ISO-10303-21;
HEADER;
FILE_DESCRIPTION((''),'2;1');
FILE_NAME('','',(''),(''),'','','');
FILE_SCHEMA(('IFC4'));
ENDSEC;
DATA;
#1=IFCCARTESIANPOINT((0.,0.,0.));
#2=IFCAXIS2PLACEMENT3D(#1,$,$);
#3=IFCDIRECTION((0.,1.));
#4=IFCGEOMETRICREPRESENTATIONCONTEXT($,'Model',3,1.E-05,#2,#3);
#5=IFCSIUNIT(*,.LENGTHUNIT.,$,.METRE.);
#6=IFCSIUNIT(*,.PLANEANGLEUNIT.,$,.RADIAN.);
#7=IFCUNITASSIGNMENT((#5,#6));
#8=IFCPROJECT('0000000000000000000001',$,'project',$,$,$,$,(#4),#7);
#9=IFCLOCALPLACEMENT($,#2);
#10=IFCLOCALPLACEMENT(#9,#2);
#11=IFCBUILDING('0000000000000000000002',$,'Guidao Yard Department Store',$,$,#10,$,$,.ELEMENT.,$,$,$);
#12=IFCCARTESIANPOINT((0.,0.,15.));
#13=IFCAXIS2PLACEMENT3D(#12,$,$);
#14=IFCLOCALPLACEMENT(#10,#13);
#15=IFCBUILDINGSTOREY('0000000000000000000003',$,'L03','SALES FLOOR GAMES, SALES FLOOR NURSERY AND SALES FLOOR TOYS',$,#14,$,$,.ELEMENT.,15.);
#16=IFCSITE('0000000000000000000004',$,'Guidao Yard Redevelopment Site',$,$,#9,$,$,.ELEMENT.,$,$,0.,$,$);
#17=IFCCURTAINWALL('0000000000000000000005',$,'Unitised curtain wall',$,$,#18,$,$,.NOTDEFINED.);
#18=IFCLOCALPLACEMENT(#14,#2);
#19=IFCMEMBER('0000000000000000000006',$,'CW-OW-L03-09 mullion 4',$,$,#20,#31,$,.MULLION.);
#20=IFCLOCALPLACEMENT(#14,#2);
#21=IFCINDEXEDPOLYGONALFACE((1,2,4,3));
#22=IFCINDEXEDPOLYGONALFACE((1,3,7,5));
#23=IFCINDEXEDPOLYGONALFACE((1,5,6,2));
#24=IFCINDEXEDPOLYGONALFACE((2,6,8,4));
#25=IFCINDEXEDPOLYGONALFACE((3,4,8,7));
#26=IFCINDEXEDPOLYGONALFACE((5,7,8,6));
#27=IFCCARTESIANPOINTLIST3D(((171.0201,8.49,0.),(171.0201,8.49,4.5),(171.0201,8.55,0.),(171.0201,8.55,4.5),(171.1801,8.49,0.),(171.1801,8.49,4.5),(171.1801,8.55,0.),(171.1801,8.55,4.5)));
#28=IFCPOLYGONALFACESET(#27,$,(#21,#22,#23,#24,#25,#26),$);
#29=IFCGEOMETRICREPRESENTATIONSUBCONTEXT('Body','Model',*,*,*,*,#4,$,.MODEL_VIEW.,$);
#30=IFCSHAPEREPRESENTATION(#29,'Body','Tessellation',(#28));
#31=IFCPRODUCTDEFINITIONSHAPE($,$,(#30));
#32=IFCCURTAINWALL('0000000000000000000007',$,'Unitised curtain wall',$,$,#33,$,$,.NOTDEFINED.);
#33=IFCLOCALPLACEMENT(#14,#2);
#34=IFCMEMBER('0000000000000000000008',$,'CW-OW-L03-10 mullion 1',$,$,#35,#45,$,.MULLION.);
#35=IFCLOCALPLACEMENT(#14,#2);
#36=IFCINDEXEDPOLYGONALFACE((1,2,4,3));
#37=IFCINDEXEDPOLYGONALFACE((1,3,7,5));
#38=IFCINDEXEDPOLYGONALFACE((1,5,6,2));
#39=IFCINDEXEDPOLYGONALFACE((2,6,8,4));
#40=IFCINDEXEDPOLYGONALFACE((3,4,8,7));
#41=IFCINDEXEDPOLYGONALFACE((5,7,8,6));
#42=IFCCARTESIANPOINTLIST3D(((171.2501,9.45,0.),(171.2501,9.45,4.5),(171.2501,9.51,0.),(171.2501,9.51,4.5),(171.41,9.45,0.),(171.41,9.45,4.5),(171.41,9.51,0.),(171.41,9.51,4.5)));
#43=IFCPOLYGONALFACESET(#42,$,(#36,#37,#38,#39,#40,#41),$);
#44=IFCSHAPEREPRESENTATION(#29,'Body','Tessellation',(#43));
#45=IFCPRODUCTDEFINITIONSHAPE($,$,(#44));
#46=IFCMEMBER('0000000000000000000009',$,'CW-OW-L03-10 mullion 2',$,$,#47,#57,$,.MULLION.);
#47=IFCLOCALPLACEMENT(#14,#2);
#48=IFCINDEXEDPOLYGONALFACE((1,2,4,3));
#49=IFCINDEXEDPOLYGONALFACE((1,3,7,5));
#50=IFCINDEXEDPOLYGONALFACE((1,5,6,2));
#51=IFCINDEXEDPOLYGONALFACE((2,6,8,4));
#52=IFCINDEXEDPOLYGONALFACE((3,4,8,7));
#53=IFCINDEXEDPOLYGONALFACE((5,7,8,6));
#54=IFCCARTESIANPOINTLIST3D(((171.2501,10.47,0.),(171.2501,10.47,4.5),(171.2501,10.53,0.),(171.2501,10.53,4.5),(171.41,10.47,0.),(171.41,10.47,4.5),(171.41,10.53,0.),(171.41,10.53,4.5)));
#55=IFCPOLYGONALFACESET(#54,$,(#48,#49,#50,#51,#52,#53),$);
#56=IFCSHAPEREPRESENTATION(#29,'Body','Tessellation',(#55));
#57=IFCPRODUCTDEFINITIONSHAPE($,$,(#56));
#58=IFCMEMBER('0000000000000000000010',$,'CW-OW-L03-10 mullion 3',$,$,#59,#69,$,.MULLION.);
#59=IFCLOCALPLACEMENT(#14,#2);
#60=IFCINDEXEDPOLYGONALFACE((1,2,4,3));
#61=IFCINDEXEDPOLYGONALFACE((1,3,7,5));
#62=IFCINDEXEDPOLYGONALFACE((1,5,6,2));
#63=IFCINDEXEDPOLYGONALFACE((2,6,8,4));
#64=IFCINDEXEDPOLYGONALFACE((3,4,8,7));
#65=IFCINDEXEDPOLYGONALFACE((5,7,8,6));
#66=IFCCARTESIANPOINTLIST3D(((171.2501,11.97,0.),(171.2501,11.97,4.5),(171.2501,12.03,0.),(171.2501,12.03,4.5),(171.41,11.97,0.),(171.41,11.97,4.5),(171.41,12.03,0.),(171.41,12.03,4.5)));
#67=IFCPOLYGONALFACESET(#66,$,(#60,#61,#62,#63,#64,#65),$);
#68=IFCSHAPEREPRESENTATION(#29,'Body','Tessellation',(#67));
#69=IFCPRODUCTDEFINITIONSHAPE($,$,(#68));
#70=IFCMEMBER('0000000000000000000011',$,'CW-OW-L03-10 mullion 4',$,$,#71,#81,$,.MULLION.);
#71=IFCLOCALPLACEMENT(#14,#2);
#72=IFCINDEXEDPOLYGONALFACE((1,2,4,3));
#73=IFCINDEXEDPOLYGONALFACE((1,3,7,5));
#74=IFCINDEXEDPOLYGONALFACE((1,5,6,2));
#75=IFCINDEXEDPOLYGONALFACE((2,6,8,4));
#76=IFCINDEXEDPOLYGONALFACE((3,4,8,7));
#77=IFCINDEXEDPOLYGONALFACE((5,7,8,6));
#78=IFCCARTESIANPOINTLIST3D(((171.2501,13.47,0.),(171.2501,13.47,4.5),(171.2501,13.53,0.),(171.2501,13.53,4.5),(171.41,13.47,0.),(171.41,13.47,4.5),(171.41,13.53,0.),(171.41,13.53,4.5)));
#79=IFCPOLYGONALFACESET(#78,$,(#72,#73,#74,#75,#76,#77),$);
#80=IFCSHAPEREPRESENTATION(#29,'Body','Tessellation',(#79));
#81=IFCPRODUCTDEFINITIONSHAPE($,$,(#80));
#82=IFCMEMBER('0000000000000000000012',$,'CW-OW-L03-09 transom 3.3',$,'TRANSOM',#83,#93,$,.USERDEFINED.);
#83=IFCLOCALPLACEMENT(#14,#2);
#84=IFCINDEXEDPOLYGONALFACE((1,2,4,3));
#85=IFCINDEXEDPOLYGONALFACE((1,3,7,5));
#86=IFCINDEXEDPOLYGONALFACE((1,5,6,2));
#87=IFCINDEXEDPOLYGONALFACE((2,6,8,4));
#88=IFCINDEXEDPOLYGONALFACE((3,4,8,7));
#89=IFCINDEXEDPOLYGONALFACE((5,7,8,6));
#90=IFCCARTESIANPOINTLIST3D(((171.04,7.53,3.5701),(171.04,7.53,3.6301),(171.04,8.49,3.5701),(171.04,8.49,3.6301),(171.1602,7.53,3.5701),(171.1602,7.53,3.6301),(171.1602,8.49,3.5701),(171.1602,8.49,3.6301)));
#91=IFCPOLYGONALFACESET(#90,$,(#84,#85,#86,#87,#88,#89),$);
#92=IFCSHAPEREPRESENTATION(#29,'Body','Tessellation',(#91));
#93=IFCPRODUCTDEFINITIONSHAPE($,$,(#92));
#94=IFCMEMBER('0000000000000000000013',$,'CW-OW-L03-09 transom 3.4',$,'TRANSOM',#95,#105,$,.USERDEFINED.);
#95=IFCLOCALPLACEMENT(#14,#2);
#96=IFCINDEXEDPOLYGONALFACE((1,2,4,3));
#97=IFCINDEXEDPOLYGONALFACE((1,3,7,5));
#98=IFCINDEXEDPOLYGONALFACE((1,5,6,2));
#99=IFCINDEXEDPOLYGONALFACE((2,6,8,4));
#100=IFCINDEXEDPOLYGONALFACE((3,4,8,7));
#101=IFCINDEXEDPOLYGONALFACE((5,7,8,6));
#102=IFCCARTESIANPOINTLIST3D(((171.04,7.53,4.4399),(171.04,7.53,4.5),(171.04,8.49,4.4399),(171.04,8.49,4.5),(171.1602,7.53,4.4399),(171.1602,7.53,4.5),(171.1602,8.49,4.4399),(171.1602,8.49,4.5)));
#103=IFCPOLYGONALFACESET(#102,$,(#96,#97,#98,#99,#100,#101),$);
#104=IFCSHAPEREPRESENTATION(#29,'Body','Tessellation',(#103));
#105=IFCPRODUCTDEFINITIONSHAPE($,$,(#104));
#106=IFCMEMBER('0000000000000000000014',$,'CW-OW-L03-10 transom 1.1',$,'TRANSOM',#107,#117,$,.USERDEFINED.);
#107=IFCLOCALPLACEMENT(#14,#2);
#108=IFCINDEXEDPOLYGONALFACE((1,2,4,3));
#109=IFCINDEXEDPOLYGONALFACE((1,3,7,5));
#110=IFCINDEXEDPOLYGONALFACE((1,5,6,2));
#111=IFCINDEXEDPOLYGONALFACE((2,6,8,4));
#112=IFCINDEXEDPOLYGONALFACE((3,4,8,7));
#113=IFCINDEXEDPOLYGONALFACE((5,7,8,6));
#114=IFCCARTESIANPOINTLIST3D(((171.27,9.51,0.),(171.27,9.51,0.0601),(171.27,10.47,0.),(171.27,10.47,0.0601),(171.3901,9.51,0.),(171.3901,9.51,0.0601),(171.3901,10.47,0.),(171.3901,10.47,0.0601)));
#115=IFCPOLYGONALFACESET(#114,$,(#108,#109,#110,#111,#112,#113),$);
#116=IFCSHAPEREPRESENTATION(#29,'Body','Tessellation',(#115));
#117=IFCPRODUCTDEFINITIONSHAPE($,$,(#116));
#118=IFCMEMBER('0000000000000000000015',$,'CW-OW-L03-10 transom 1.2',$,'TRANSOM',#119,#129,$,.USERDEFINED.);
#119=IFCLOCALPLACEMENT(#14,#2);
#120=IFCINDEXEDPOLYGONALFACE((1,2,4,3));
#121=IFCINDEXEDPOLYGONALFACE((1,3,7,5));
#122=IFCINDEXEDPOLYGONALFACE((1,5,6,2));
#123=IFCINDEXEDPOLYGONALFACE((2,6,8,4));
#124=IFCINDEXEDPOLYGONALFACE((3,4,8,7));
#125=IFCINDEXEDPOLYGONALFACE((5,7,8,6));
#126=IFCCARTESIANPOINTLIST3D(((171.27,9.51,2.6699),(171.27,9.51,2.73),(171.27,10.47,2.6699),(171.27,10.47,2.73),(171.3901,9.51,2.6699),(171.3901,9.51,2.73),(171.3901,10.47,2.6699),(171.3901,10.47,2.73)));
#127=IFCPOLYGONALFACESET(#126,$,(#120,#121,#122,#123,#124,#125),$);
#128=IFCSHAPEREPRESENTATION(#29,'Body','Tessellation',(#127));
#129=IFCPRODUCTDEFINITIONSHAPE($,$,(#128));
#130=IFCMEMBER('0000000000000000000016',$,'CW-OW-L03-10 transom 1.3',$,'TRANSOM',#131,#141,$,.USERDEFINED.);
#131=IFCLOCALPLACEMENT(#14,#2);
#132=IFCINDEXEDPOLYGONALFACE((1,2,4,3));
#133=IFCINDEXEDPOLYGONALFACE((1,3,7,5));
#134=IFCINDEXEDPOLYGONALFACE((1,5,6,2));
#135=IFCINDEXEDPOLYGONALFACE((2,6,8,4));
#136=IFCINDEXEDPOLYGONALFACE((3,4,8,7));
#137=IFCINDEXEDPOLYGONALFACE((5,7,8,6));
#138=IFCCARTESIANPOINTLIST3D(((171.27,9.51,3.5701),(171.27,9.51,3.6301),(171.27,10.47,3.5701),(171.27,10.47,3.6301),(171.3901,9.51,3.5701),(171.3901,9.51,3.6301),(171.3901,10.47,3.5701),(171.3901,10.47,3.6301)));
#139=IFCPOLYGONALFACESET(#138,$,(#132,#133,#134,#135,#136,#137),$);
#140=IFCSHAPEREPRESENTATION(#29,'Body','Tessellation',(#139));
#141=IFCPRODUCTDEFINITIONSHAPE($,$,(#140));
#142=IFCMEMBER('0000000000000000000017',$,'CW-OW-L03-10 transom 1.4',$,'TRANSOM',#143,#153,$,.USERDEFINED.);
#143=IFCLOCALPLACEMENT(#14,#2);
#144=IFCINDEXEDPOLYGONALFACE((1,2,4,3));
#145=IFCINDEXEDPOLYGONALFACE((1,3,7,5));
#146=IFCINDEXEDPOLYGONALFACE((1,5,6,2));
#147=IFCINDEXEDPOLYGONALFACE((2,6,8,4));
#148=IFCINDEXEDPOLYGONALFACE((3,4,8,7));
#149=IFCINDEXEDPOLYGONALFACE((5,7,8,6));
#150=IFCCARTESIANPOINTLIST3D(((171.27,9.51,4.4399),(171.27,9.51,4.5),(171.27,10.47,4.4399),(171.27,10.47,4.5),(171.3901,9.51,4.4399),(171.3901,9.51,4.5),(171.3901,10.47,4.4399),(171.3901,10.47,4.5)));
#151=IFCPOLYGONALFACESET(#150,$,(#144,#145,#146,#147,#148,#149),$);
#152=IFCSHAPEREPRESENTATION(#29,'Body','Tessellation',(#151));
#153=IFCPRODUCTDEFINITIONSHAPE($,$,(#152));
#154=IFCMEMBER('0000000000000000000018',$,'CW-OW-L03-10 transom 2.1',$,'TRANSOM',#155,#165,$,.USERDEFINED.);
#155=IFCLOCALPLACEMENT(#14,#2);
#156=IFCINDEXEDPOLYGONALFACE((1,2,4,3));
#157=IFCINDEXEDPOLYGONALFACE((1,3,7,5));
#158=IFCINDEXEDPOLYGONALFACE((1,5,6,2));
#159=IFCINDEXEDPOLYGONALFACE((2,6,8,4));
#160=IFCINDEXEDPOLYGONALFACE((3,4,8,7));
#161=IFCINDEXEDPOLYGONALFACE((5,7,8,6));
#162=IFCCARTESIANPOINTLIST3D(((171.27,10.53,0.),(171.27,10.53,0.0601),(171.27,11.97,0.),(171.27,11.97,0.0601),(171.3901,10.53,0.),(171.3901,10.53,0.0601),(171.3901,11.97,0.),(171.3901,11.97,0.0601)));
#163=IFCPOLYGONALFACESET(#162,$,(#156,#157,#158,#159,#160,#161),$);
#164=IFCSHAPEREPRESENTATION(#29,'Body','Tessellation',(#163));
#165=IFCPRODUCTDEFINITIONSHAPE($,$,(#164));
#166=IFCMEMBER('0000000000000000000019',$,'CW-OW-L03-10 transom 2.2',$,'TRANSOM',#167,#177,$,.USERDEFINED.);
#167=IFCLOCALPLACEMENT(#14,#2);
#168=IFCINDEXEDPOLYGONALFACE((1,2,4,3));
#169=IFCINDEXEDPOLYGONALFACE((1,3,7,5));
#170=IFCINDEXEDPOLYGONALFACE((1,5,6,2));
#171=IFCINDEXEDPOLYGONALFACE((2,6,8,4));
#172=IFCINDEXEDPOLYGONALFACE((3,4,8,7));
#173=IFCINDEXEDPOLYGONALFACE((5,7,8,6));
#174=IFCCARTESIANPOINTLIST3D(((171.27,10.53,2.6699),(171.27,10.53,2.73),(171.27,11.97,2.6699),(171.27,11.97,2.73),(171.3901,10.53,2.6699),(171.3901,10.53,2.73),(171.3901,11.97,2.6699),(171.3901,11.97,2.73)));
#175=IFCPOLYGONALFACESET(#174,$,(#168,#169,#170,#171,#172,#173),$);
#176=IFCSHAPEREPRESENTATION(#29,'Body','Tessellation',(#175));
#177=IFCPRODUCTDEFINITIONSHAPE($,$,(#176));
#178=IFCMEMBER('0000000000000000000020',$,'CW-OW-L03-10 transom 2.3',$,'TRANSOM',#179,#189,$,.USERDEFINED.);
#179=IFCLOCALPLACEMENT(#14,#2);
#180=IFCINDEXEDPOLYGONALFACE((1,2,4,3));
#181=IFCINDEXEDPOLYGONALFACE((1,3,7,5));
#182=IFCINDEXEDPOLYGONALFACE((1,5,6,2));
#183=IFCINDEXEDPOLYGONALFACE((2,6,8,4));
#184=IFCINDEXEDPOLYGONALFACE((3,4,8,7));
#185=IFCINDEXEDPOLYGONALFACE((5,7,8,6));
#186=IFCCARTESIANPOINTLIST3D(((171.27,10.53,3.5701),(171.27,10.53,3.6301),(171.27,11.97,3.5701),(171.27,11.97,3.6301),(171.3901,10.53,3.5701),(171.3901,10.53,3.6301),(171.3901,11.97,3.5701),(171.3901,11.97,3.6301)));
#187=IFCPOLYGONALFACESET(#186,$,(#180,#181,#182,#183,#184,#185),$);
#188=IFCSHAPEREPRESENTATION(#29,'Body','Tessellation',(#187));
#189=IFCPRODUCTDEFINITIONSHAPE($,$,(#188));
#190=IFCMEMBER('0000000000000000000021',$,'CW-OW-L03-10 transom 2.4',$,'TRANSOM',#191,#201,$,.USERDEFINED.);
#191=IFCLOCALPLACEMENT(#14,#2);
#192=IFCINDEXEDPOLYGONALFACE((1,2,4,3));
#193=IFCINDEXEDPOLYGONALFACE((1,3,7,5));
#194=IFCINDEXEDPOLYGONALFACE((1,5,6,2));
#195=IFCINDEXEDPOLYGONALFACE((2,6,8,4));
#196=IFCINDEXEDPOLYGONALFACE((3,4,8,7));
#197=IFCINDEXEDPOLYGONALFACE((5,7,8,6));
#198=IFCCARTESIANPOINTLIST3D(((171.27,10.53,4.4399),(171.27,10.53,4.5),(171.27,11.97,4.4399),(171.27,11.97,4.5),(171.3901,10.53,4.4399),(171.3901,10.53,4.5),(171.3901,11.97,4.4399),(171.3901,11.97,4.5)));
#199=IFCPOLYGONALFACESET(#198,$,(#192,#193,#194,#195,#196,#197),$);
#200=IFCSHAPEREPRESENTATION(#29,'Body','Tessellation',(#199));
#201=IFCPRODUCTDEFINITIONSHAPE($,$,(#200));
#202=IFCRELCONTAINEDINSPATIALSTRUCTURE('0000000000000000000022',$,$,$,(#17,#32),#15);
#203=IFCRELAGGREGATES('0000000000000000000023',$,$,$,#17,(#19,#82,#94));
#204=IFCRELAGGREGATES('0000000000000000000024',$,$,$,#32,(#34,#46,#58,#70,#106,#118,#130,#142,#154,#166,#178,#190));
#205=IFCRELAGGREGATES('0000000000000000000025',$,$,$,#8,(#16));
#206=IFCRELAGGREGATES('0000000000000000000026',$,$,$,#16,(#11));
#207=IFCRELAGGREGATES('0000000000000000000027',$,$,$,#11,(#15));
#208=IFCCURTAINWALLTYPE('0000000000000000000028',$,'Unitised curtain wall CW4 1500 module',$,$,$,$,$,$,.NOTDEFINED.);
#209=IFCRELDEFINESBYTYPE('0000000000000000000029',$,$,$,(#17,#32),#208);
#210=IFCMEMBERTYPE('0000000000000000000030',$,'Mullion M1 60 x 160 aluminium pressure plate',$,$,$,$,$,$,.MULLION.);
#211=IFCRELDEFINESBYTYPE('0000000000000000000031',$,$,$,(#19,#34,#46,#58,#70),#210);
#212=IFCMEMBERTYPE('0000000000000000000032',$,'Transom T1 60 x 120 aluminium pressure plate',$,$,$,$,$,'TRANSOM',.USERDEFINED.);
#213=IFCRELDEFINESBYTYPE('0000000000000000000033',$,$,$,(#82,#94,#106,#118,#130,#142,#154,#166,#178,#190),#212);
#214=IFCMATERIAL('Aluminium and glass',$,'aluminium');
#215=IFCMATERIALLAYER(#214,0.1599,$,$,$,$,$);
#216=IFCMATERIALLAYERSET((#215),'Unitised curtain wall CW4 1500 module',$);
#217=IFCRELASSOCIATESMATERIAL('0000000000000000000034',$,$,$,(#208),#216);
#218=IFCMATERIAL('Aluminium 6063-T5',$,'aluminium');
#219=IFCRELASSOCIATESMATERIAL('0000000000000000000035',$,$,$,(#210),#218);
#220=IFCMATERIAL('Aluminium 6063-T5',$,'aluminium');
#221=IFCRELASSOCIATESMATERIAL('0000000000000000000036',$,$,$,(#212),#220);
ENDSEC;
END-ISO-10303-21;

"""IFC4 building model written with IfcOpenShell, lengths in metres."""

from ifc_helpers import new_model, si_unit, direction, frame, origin, origin_2d, place, context, subcontext, project, spatial, rectangle, extrude, material, layer, layer_set, material_profile, profile_set, type_object, element, aggregate, save


model = new_model("IFC4")

# Units and contexts
model_context = context("Model", 3, precision=1e-05, world=origin(), true_north=direction((0.0, 1.0)))
body_context = subcontext(model_context, "Body", "Model", "MODEL_VIEW")
ifc_project = project(units=[si_unit("LENGTHUNIT", "METRE"), si_unit("PLANEANGLEUNIT", "RADIAN")], contexts=[model_context])

# Site, building, storey
site_placement = place(None, origin())
site = spatial("IfcSite", under=ifc_project, at=site_placement, Name="Guidao Yard Redevelopment Site", CompositionType="ELEMENT", RefElevation=0.0)
building_placement = place(site_placement, origin())
building = spatial("IfcBuilding", under=site, at=building_placement, Name="Guidao Yard Department Store", CompositionType="ELEMENT")
storey_placement = place(building_placement, frame((0.0, 0.0, 15.0)))
storey = spatial("IfcBuildingStorey", under=building, at=storey_placement, Name="L03", Description="SALES FLOOR GAMES, SALES FLOOR NURSERY AND SALES FLOOR TOYS", CompositionType="ELEMENT", Elevation=15.0)

# Curtain wall, member
ifc_material_1 = material(Name="Aluminium and glass", Category="aluminium")
ifc_layer_1 = layer(ifc_material_1, 0.1599)
ifc_layer_set_1 = layer_set([ifc_layer_1], Name="Unitised curtain wall CW4 1500 module")
curtain_wall_type = type_object("IfcCurtainWallType", Name="Unitised curtain wall CW4 1500 module", PredefinedType="NOTDEFINED", material=ifc_layer_set_1)
curtain_wall_1_placement = place(storey_placement, origin())
curtain_wall_1 = element("IfcCurtainWall", 1, at=curtain_wall_1_placement, inside=storey, type_object=curtain_wall_type, Name="Unitised curtain wall", PredefinedType="NOTDEFINED")
ifc_material_2 = material(Name="Aluminium 6063-T5", Category="aluminium")
ifc_material_profile_1 = material_profile(ifc_material_2, rectangle(XDim=0.0601, YDim=0.1599, at=origin_2d()), Name="Mullion M1 60 x 160 aluminium pressure plate")
ifc_profile_set_1 = profile_set([ifc_material_profile_1], Name="Aluminium 6063-T5")
member_type_1 = type_object("IfcMemberType", Name="Mullion M1 60 x 160 aluminium pressure plate", PredefinedType="MULLION", material=ifc_profile_set_1)
member_1_placement = place(storey_placement, frame((171.1001, 8.52, 0.0), z_axis=(0.0, 0.0, 1.0), x_axis=(0.0, -1.0, 0.0)))
member_1 = element("IfcMember", 2, at=member_1_placement, type_object=member_type_1, Name="CW-OW-L03-09 mullion 4", PredefinedType="MULLION", context=body_context, shape_type="SweptSolid", body=[
    extrude(rectangle(XDim=0.0601, YDim=0.1599, at=origin_2d()), origin(), (0.0, 0.0, 1.0), 4.5),
])

# Curtain wall, members
curtain_wall_2_placement = place(storey_placement, origin())
curtain_wall_2 = element("IfcCurtainWall", 3, at=curtain_wall_2_placement, inside=storey, type_object=curtain_wall_type, Name="Unitised curtain wall", PredefinedType="NOTDEFINED")
member_2_placement = place(storey_placement, frame((171.3301, 9.48, 0.0), z_axis=(0.0, 0.0, 1.0), x_axis=(0.0, -1.0, 0.0)))
member_2 = element("IfcMember", 4, at=member_2_placement, type_object=member_type_1, Name="CW-OW-L03-10 mullion 1", PredefinedType="MULLION", context=body_context, shape_type="SweptSolid", body=[
    extrude(rectangle(XDim=0.0601, YDim=0.1599, at=origin_2d()), origin(), (0.0, 0.0, 1.0), 4.5),
])
member_3_placement = place(storey_placement, frame((171.3301, 10.5, 0.0), z_axis=(0.0, 0.0, 1.0), x_axis=(0.0, -1.0, 0.0)))
member_3 = element("IfcMember", 5, at=member_3_placement, type_object=member_type_1, Name="CW-OW-L03-10 mullion 2", PredefinedType="MULLION", context=body_context, shape_type="SweptSolid", body=[
    extrude(rectangle(XDim=0.0601, YDim=0.1599, at=origin_2d()), origin(), (0.0, 0.0, 1.0), 4.5),
])
member_4_placement = place(storey_placement, frame((171.3301, 12.0, 0.0), z_axis=(0.0, 0.0, 1.0), x_axis=(0.0, -1.0, 0.0)))
member_4 = element("IfcMember", 6, at=member_4_placement, type_object=member_type_1, Name="CW-OW-L03-10 mullion 3", PredefinedType="MULLION", context=body_context, shape_type="SweptSolid", body=[
    extrude(rectangle(XDim=0.0601, YDim=0.1599, at=origin_2d()), origin(), (0.0, 0.0, 1.0), 4.5),
])
member_5_placement = place(storey_placement, frame((171.3301, 13.5, 0.0), z_axis=(0.0, 0.0, 1.0), x_axis=(0.0, -1.0, 0.0)))
member_5 = element("IfcMember", 7, at=member_5_placement, type_object=member_type_1, Name="CW-OW-L03-10 mullion 4", PredefinedType="MULLION", context=body_context, shape_type="SweptSolid", body=[
    extrude(rectangle(XDim=0.0601, YDim=0.1599, at=origin_2d()), origin(), (0.0, 0.0, 1.0), 4.5),
])

# Members
ifc_material_3 = material(Name="Aluminium 6063-T5", Category="aluminium")
ifc_material_profile_2 = material_profile(ifc_material_3, rectangle(XDim=0.1201, YDim=0.0601, at=origin_2d()), Name="Transom T1 60 x 120 aluminium pressure plate")
ifc_profile_set_2 = profile_set([ifc_material_profile_2], Name="Aluminium 6063-T5")
member_type_2 = type_object("IfcMemberType", Name="Transom T1 60 x 120 aluminium pressure plate", ElementType="TRANSOM", PredefinedType="USERDEFINED", material=ifc_profile_set_2)
member_6_placement = place(storey_placement, frame((171.1001, 8.49, 3.6001), z_axis=(0.0, -1.0, 0.0), x_axis=(1.0, 0.0, 0.0)))
member_6 = element("IfcMember", 8, at=member_6_placement, type_object=member_type_2, Name="CW-OW-L03-09 transom 3.3", ObjectType="TRANSOM", PredefinedType="USERDEFINED", context=body_context, shape_type="SweptSolid", body=[
    extrude(rectangle(XDim=0.1201, YDim=0.0601, at=origin_2d()), origin(), (0.0, 0.0, 1.0), 0.96),
])
member_7_placement = place(storey_placement, frame((171.1001, 8.49, 4.47), z_axis=(0.0, -1.0, 0.0), x_axis=(1.0, 0.0, 0.0)))
member_7 = element("IfcMember", 9, at=member_7_placement, type_object=member_type_2, Name="CW-OW-L03-09 transom 3.4", ObjectType="TRANSOM", PredefinedType="USERDEFINED", context=body_context, shape_type="SweptSolid", body=[
    extrude(rectangle(XDim=0.1201, YDim=0.0601, at=origin_2d()), origin(), (0.0, 0.0, 1.0), 0.96),
])
aggregate(curtain_wall_1, [member_1, member_6, member_7])
member_8_placement = place(storey_placement, frame((171.3301, 10.47, 0.03), z_axis=(0.0, -1.0, 0.0), x_axis=(1.0, 0.0, 0.0)))
member_8 = element("IfcMember", 10, at=member_8_placement, type_object=member_type_2, Name="CW-OW-L03-10 transom 1.1", ObjectType="TRANSOM", PredefinedType="USERDEFINED", context=body_context, shape_type="SweptSolid", body=[
    extrude(rectangle(XDim=0.1201, YDim=0.0601, at=origin_2d()), origin(), (0.0, 0.0, 1.0), 0.96),
])
member_9_placement = place(storey_placement, frame((171.3301, 10.47, 2.7), z_axis=(0.0, -1.0, 0.0), x_axis=(1.0, 0.0, 0.0)))
member_9 = element("IfcMember", 11, at=member_9_placement, type_object=member_type_2, Name="CW-OW-L03-10 transom 1.2", ObjectType="TRANSOM", PredefinedType="USERDEFINED", context=body_context, shape_type="SweptSolid", body=[
    extrude(rectangle(XDim=0.1201, YDim=0.0601, at=origin_2d()), origin(), (0.0, 0.0, 1.0), 0.96),
])
member_10_placement = place(storey_placement, frame((171.3301, 10.47, 3.6001), z_axis=(0.0, -1.0, 0.0), x_axis=(1.0, 0.0, 0.0)))
member_10 = element("IfcMember", 12, at=member_10_placement, type_object=member_type_2, Name="CW-OW-L03-10 transom 1.3", ObjectType="TRANSOM", PredefinedType="USERDEFINED", context=body_context, shape_type="SweptSolid", body=[
    extrude(rectangle(XDim=0.1201, YDim=0.0601, at=origin_2d()), origin(), (0.0, 0.0, 1.0), 0.96),
])
member_11_placement = place(storey_placement, frame((171.3301, 10.47, 4.47), z_axis=(0.0, -1.0, 0.0), x_axis=(1.0, 0.0, 0.0)))
member_11 = element("IfcMember", 13, at=member_11_placement, type_object=member_type_2, Name="CW-OW-L03-10 transom 1.4", ObjectType="TRANSOM", PredefinedType="USERDEFINED", context=body_context, shape_type="SweptSolid", body=[
    extrude(rectangle(XDim=0.1201, YDim=0.0601, at=origin_2d()), origin(), (0.0, 0.0, 1.0), 0.96),
])
member_12_placement = place(storey_placement, frame((171.3301, 11.97, 0.03), z_axis=(0.0, -1.0, 0.0), x_axis=(1.0, 0.0, 0.0)))
member_12 = element("IfcMember", 14, at=member_12_placement, type_object=member_type_2, Name="CW-OW-L03-10 transom 2.1", ObjectType="TRANSOM", PredefinedType="USERDEFINED", context=body_context, shape_type="SweptSolid", body=[
    extrude(rectangle(XDim=0.1201, YDim=0.0601, at=origin_2d()), origin(), (0.0, 0.0, 1.0), 1.4399),
])
member_13_placement = place(storey_placement, frame((171.3301, 11.97, 2.7), z_axis=(0.0, -1.0, 0.0), x_axis=(1.0, 0.0, 0.0)))
member_13 = element("IfcMember", 15, at=member_13_placement, type_object=member_type_2, Name="CW-OW-L03-10 transom 2.2", ObjectType="TRANSOM", PredefinedType="USERDEFINED", context=body_context, shape_type="SweptSolid", body=[
    extrude(rectangle(XDim=0.1201, YDim=0.0601, at=origin_2d()), origin(), (0.0, 0.0, 1.0), 1.4399),
])
member_14_placement = place(storey_placement, frame((171.3301, 11.97, 3.6001), z_axis=(0.0, -1.0, 0.0), x_axis=(1.0, 0.0, 0.0)))
member_14 = element("IfcMember", 16, at=member_14_placement, type_object=member_type_2, Name="CW-OW-L03-10 transom 2.3", ObjectType="TRANSOM", PredefinedType="USERDEFINED", context=body_context, shape_type="SweptSolid", body=[
    extrude(rectangle(XDim=0.1201, YDim=0.0601, at=origin_2d()), origin(), (0.0, 0.0, 1.0), 1.4399),
])
member_15_placement = place(storey_placement, frame((171.3301, 11.97, 4.47), z_axis=(0.0, -1.0, 0.0), x_axis=(1.0, 0.0, 0.0)))
member_15 = element("IfcMember", 17, at=member_15_placement, type_object=member_type_2, Name="CW-OW-L03-10 transom 2.4", ObjectType="TRANSOM", PredefinedType="USERDEFINED", context=body_context, shape_type="SweptSolid", body=[
    extrude(rectangle(XDim=0.1201, YDim=0.0601, at=origin_2d()), origin(), (0.0, 0.0, 1.0), 1.4399),
])

aggregate(curtain_wall_2, [member_2, member_3, member_4, member_5, member_8, member_9, member_10, member_11, member_12, member_13, member_14, member_15])

save(model, "model.ifc")
